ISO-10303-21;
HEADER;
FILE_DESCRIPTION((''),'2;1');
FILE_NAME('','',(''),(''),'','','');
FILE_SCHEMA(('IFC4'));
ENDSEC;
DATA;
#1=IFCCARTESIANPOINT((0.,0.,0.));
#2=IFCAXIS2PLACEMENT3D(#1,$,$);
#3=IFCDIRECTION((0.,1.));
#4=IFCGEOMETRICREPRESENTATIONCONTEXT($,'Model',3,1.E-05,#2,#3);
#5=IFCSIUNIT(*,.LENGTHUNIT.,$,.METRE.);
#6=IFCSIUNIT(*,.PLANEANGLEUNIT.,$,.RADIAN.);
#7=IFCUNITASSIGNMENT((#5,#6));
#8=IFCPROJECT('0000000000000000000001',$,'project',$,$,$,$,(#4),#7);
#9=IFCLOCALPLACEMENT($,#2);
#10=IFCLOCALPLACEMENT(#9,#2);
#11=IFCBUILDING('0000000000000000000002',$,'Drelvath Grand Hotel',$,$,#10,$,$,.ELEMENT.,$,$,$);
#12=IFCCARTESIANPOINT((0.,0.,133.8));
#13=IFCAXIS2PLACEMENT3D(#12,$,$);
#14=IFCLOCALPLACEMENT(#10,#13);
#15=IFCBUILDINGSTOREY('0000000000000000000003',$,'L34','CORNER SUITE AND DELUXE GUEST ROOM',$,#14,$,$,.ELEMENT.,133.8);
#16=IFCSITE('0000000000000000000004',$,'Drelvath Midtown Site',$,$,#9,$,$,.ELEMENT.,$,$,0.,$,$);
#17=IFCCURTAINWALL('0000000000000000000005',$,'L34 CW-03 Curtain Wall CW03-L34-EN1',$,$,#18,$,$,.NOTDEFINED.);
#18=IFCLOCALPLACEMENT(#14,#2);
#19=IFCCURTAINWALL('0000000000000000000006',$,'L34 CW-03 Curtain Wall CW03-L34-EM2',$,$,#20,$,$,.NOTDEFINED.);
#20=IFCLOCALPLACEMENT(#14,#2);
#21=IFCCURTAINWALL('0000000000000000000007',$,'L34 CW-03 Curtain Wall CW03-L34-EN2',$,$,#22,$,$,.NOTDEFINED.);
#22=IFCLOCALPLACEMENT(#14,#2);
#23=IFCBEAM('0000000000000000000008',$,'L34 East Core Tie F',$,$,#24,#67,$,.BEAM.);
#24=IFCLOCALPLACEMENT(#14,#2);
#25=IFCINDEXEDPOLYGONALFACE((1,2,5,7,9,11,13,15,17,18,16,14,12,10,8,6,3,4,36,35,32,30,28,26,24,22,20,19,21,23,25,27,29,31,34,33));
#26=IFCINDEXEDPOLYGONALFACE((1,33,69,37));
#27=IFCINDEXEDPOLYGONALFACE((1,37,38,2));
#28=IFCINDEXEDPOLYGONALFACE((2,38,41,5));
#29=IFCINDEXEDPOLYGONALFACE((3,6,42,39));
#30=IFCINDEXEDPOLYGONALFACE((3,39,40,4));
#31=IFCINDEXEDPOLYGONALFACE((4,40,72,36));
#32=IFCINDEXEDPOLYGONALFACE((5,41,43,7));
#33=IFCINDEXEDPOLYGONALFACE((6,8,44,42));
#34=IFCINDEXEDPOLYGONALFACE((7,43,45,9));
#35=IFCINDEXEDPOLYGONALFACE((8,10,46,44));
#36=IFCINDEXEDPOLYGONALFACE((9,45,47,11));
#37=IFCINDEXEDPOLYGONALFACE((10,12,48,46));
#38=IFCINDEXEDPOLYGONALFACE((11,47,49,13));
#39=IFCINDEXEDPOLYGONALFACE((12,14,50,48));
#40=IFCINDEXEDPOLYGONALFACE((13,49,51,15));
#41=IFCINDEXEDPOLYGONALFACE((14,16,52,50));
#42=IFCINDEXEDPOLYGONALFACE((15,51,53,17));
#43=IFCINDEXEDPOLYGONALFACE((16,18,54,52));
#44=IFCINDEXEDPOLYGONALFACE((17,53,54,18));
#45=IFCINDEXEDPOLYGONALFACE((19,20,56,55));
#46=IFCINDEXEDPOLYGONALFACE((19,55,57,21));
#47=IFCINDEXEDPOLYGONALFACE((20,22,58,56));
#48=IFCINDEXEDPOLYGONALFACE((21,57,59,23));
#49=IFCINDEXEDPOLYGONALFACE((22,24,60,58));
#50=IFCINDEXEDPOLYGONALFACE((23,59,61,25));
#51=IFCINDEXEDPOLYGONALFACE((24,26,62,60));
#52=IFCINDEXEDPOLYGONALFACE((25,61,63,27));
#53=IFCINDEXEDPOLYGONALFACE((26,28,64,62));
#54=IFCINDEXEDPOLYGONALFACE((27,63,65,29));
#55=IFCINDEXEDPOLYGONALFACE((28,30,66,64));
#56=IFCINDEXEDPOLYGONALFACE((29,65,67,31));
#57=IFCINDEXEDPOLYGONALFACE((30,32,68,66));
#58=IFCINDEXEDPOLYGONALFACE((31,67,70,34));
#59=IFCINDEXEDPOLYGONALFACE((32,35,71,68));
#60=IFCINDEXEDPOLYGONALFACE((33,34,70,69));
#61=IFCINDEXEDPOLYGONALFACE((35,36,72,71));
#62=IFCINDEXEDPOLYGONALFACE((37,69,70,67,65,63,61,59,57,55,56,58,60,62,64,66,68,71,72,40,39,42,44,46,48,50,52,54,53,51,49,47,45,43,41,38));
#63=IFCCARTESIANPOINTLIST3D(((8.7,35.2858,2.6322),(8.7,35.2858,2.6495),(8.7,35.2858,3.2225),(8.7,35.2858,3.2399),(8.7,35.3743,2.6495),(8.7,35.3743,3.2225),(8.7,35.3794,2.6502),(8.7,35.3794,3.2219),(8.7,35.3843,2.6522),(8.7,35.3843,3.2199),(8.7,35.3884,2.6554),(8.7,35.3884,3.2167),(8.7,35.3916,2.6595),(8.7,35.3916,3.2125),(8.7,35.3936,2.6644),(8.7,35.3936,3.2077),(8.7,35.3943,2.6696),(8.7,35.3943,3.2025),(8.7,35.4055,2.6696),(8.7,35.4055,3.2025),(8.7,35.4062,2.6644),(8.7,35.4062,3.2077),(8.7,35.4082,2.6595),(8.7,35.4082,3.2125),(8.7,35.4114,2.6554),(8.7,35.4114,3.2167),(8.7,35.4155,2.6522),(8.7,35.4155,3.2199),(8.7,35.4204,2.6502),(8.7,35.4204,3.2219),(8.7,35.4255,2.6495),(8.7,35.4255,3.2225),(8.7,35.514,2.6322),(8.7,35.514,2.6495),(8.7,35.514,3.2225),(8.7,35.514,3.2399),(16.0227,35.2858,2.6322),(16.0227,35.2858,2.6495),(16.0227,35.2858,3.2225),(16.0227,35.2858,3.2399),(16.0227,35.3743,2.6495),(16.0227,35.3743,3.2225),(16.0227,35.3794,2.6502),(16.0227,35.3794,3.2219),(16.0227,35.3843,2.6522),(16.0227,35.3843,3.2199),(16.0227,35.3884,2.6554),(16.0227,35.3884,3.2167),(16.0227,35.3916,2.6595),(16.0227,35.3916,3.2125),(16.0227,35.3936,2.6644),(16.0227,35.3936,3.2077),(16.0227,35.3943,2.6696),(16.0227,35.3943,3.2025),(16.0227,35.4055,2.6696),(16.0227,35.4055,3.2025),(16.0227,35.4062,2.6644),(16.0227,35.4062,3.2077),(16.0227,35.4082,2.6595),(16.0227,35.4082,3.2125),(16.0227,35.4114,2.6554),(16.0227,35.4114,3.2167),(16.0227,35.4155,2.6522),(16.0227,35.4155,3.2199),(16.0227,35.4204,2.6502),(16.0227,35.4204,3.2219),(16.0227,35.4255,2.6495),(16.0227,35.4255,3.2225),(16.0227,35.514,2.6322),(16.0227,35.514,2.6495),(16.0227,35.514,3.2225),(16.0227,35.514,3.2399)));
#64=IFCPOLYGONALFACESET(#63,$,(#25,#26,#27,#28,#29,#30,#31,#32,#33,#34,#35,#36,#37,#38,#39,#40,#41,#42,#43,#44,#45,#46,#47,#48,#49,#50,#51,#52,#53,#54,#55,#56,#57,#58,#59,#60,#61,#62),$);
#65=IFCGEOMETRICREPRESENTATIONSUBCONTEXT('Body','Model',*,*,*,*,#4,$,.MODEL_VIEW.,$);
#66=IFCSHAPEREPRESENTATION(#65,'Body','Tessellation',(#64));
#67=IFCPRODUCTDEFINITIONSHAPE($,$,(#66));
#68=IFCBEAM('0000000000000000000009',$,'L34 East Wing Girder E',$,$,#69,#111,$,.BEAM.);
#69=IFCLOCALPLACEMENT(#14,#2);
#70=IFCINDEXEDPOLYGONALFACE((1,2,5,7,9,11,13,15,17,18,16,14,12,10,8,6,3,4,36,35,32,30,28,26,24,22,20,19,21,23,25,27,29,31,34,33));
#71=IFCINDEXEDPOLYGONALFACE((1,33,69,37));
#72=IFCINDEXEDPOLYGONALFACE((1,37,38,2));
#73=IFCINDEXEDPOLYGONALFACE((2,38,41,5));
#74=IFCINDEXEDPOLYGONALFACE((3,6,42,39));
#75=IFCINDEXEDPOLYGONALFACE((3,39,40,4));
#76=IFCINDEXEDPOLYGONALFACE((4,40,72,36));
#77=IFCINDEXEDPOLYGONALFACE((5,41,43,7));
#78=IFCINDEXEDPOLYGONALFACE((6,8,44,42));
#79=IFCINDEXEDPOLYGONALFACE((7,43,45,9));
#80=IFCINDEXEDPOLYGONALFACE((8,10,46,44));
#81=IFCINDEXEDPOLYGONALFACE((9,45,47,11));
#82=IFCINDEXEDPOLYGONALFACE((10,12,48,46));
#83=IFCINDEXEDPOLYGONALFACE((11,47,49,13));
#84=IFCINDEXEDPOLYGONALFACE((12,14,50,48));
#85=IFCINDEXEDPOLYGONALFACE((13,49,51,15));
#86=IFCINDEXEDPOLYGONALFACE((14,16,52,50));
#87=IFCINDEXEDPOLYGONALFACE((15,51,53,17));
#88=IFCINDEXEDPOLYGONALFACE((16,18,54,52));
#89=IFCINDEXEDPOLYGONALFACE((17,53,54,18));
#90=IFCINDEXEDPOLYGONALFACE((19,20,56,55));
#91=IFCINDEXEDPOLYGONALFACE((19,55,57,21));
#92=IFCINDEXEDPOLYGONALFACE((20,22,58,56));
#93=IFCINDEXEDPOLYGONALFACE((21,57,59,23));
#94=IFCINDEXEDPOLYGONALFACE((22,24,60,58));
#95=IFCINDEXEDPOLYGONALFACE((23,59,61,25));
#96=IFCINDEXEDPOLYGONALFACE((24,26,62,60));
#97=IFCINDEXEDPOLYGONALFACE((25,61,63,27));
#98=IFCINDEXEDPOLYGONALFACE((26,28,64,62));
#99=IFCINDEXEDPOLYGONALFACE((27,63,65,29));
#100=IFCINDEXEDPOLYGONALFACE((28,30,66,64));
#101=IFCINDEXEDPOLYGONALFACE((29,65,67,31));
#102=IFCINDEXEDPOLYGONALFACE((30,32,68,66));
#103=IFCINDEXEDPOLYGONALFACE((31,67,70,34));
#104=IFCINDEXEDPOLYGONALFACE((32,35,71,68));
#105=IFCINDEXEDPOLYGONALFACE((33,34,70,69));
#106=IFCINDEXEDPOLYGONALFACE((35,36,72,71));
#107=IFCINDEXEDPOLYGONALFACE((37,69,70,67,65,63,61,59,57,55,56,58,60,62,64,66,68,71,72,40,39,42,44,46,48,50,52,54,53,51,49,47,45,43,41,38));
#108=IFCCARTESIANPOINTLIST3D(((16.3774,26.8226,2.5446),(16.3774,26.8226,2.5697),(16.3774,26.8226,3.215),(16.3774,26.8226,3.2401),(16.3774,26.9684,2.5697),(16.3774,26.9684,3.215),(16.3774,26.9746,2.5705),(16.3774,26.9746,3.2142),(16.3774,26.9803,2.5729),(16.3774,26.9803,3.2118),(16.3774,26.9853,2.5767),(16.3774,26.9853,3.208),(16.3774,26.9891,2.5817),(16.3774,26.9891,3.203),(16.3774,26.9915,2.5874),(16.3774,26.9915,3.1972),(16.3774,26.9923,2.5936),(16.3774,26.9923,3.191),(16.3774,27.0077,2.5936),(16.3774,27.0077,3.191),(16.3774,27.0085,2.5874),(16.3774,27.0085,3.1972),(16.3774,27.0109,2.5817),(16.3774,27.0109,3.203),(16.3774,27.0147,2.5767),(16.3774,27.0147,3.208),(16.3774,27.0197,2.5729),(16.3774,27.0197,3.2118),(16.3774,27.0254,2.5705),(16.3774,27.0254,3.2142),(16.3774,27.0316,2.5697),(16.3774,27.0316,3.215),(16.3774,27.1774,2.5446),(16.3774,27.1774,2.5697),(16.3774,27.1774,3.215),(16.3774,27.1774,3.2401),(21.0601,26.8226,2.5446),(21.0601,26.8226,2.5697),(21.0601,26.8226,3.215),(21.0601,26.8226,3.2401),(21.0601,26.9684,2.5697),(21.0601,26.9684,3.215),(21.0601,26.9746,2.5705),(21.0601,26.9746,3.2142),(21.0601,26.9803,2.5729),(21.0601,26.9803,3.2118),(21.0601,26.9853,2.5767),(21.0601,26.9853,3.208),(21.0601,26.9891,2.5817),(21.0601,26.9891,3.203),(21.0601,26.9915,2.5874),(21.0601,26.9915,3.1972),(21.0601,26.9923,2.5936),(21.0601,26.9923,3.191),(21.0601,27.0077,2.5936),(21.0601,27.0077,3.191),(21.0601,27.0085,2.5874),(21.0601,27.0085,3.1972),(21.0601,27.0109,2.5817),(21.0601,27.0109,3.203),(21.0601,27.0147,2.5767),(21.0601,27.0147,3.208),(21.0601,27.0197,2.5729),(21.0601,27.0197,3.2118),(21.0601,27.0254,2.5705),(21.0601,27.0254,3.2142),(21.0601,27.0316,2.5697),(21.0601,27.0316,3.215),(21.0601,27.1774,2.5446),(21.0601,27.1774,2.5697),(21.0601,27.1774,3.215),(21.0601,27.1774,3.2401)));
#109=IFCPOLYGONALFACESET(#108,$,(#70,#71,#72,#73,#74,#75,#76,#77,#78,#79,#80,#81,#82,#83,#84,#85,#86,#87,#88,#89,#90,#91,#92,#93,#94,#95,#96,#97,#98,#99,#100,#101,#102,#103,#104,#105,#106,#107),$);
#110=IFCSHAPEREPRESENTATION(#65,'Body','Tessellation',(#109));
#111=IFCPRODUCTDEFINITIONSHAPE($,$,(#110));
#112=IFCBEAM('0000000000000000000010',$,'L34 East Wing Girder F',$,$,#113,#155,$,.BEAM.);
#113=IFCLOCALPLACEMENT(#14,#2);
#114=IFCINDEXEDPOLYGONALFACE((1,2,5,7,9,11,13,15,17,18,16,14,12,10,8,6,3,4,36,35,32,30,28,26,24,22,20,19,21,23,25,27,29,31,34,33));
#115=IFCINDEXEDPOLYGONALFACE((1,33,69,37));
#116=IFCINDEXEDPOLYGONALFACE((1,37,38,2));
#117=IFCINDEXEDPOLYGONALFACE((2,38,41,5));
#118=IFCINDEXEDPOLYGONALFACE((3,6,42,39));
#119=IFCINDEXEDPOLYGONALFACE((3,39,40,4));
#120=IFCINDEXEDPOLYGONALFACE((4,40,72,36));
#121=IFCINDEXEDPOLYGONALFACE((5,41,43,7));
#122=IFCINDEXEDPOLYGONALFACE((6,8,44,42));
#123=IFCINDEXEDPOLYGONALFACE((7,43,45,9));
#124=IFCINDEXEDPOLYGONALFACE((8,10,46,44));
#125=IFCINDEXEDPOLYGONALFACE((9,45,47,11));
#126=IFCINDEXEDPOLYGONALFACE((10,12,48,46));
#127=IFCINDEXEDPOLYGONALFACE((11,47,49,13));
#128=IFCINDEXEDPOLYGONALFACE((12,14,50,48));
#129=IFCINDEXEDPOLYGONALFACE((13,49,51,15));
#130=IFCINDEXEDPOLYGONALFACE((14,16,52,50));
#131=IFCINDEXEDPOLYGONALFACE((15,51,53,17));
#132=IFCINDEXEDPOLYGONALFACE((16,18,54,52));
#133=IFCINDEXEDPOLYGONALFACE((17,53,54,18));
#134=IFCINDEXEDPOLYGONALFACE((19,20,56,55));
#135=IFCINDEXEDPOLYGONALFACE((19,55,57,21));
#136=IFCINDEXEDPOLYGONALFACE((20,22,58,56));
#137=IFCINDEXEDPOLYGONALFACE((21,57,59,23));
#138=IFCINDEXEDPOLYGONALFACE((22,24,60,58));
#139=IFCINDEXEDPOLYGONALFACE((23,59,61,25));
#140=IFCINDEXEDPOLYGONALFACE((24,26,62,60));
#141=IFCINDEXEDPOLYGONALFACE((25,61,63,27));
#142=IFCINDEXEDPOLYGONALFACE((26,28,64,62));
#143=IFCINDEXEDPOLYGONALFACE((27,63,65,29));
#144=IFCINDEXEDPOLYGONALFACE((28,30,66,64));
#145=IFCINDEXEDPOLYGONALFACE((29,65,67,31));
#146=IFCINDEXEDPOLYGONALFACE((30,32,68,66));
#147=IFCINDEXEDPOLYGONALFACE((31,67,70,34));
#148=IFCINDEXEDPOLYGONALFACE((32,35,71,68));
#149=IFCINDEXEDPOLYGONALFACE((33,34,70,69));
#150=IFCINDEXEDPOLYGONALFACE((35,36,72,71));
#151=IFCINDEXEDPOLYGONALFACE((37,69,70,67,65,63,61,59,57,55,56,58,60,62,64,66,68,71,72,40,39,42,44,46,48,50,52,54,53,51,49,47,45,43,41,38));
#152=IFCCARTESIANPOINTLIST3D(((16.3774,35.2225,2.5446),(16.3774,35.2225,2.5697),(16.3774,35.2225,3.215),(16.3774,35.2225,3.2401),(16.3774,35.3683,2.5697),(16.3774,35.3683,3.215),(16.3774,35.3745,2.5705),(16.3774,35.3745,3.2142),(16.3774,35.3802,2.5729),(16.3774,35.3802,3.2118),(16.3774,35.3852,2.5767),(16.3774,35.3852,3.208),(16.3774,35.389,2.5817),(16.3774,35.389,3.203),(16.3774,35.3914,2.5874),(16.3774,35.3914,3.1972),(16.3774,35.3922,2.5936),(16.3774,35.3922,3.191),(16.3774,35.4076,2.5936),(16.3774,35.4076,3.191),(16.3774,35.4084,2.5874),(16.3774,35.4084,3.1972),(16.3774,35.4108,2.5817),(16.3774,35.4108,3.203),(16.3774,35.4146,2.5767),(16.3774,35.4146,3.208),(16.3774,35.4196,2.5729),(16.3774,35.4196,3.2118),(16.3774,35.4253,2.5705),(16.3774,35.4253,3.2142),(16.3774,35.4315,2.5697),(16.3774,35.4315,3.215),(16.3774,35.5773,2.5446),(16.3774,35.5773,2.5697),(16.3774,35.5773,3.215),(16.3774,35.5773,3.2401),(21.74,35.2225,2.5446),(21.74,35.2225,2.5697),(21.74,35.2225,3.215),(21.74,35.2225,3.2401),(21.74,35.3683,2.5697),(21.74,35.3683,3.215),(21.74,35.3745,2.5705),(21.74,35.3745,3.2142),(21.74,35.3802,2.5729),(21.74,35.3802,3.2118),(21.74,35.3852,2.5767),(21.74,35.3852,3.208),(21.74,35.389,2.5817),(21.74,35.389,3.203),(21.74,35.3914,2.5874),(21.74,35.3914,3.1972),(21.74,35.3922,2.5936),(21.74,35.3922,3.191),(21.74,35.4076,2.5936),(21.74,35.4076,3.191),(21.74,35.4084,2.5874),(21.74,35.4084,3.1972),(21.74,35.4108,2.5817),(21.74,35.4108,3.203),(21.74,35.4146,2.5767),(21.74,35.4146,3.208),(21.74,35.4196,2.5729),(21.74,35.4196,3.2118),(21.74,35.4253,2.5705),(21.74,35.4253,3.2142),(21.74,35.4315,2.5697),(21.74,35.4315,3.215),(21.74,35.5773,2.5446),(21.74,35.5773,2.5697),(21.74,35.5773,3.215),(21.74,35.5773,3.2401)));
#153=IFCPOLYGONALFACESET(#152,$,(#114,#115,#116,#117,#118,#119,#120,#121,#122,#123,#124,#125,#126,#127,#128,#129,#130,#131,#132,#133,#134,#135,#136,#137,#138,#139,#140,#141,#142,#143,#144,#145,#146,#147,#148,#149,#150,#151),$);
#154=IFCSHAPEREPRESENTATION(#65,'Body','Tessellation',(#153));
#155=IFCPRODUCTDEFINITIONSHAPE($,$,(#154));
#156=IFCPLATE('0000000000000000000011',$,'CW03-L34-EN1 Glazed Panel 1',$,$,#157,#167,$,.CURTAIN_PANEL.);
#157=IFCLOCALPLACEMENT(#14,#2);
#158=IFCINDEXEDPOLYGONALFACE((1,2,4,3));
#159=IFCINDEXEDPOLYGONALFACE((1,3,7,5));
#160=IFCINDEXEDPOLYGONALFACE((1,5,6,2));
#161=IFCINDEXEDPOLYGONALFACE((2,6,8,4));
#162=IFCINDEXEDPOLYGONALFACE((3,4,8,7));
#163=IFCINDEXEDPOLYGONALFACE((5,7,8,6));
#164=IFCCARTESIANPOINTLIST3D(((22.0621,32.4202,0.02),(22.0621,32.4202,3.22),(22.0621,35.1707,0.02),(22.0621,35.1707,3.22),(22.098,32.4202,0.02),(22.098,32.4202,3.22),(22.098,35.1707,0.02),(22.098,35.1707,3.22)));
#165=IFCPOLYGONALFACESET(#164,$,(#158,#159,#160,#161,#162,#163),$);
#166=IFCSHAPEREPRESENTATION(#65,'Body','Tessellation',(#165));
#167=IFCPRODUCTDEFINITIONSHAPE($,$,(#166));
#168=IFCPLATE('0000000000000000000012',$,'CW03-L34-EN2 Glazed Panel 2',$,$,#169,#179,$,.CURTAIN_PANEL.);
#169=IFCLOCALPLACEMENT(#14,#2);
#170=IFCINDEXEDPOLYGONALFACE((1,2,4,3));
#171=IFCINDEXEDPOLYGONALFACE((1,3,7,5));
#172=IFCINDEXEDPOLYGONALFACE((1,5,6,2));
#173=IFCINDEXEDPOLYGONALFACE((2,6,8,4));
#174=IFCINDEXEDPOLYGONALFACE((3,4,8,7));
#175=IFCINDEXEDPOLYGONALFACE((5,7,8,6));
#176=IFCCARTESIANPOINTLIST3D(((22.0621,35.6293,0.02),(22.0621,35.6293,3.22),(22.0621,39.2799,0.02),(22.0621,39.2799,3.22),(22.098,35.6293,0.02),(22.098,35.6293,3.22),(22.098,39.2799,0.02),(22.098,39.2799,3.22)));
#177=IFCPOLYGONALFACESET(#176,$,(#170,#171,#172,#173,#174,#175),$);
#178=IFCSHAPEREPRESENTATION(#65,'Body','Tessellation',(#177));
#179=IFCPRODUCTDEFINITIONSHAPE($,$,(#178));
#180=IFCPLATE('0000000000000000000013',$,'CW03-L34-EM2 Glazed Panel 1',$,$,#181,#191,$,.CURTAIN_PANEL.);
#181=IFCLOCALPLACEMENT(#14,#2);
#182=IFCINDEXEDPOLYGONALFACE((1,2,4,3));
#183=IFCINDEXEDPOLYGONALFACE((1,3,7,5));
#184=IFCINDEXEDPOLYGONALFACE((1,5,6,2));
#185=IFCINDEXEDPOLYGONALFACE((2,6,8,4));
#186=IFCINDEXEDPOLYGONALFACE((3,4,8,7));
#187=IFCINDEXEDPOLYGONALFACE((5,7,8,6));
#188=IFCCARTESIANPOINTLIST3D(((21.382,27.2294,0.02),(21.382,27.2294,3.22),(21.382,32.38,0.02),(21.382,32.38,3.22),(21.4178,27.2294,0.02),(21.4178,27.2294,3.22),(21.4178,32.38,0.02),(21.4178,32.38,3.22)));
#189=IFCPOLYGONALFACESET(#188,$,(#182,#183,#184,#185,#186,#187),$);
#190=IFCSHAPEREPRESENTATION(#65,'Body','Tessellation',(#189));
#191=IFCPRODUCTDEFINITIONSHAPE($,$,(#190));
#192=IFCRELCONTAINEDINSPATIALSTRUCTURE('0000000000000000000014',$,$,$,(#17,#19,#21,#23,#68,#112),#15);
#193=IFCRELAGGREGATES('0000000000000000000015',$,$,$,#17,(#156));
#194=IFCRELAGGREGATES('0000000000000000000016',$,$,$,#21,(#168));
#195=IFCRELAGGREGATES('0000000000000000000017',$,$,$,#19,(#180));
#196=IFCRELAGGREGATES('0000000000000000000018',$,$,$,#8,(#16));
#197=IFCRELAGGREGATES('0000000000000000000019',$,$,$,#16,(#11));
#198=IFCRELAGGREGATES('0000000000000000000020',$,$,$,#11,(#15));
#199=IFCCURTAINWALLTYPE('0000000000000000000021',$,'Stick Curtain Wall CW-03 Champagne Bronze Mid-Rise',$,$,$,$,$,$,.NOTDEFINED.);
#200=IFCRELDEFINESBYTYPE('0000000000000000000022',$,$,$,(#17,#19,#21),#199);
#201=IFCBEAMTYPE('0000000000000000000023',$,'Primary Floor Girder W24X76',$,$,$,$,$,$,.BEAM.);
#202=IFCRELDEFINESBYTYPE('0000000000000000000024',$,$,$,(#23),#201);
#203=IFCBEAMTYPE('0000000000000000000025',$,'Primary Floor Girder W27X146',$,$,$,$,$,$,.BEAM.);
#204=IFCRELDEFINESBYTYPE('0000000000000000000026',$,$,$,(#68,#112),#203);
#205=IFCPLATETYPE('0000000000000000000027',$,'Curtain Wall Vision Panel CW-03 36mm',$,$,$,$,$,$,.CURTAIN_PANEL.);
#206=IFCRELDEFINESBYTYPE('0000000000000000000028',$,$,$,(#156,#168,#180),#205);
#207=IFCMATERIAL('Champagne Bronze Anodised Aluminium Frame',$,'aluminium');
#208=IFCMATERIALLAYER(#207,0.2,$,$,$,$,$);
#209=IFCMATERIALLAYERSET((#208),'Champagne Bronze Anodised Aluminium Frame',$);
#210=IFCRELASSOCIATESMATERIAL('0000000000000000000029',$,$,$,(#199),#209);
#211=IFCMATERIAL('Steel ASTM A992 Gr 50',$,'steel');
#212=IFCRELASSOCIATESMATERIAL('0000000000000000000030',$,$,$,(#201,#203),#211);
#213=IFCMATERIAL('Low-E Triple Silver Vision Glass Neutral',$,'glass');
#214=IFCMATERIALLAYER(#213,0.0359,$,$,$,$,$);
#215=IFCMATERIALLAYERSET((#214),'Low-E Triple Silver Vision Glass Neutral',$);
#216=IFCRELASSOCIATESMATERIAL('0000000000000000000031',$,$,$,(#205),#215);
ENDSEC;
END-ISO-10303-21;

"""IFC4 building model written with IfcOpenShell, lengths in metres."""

from ifc_helpers import new_model, si_unit, direction, frame, origin, origin_2d, place, context, subcontext, project, spatial, rectangle, i_section, extrude, material, layer, layer_set, material_profile, profile_set, type_object, element, aggregate, save


model = new_model("IFC4")

# Units and contexts
model_context = context("Model", 3, precision=1e-05, world=origin(), true_north=direction((0.0, 1.0)))
body_context = subcontext(model_context, "Body", "Model", "MODEL_VIEW")
ifc_project = project(units=[si_unit("LENGTHUNIT", "METRE"), si_unit("PLANEANGLEUNIT", "RADIAN")], contexts=[model_context])

# Site, building, storey
site_placement = place(None, origin())
site = spatial("IfcSite", under=ifc_project, at=site_placement, Name="Drelvath Midtown Site", CompositionType="ELEMENT", RefElevation=0.0)
building_placement = place(site_placement, origin())
building = spatial("IfcBuilding", under=site, at=building_placement, Name="Drelvath Grand Hotel", CompositionType="ELEMENT")
storey_placement = place(building_placement, frame((0.0, 0.0, 133.8)))
storey = spatial("IfcBuildingStorey", under=building, at=storey_placement, Name="L34", Description="CORNER SUITE AND DELUXE GUEST ROOM", CompositionType="ELEMENT", Elevation=133.8)

# Curtain walls
ifc_material_1 = material(Name="Champagne Bronze Anodised Aluminium Frame", Category="aluminium")
ifc_layer_1 = layer(ifc_material_1, 0.2)
ifc_layer_set_1 = layer_set([ifc_layer_1], Name="Champagne Bronze Anodised Aluminium Frame")
curtain_wall_type = type_object("IfcCurtainWallType", Name="Stick Curtain Wall CW-03 Champagne Bronze Mid-Rise", PredefinedType="NOTDEFINED", material=ifc_layer_set_1)
curtain_wall_1_placement = place(storey_placement, origin())
curtain_wall_1 = element("IfcCurtainWall", 1, at=curtain_wall_1_placement, inside=storey, type_object=curtain_wall_type, Name="L34 CW-03 Curtain Wall CW03-L34-EN1", PredefinedType="NOTDEFINED")
curtain_wall_2_placement = place(storey_placement, origin())
curtain_wall_2 = element("IfcCurtainWall", 2, at=curtain_wall_2_placement, inside=storey, type_object=curtain_wall_type, Name="L34 CW-03 Curtain Wall CW03-L34-EM2", PredefinedType="NOTDEFINED")

# Curtain wall
curtain_wall_3_placement = place(storey_placement, origin())
curtain_wall_3 = element("IfcCurtainWall", 3, at=curtain_wall_3_placement, inside=storey, type_object=curtain_wall_type, Name="L34 CW-03 Curtain Wall CW03-L34-EN2", PredefinedType="NOTDEFINED")

# Beams
ifc_material_2 = material(Name="Steel ASTM A992 Gr 50", Category="steel")
ifc_material_profile_1 = material_profile(ifc_material_2, i_section(OverallWidth=0.2283, OverallDepth=0.6077, WebThickness=0.0112, FlangeThickness=0.0173, FilletRadius=0.02, at=origin_2d()), Name="W24X76")
ifc_profile_set_1 = profile_set([ifc_material_profile_1], Name="Steel ASTM A992 Gr 50")
beam_type_1 = type_object("IfcBeamType", Name="Primary Floor Girder W24X76", PredefinedType="BEAM", material=ifc_profile_set_1)
beam_1_placement = place(storey_placement, frame((8.7, 35.3999, 2.936), z_axis=(1.0, 0.0, 0.0), x_axis=(0.0, 1.0, 0.0)))
element("IfcBeam", 4, at=beam_1_placement, inside=storey, type_object=beam_type_1, Name="L34 East Core Tie F", PredefinedType="BEAM", context=body_context, shape_type="SweptSolid", body=[
    extrude(i_section(OverallWidth=0.2283, OverallDepth=0.6077, WebThickness=0.0112, FlangeThickness=0.0173, FilletRadius=0.02, at=origin_2d()), origin(), (0.0, 0.0, 1.0), 7.3228),
])
ifc_material_profile_2 = material_profile(ifc_material_2, i_section(OverallWidth=0.3547, OverallDepth=0.6956, WebThickness=0.0154, FlangeThickness=0.0251, FilletRadius=0.0239, at=origin_2d()), Name="W27X146")
ifc_profile_set_2 = profile_set([ifc_material_profile_2], Name="Steel ASTM A992 Gr 50")
beam_type_2 = type_object("IfcBeamType", Name="Primary Floor Girder W27X146", PredefinedType="BEAM", material=ifc_profile_set_2)
beam_2_placement = place(storey_placement, frame((16.3774, 27.0, 2.8923), z_axis=(1.0, 0.0, 0.0), x_axis=(0.0, 1.0, 0.0)))
element("IfcBeam", 5, at=beam_2_placement, inside=storey, type_object=beam_type_2, Name="L34 East Wing Girder E", PredefinedType="BEAM", context=body_context, shape_type="SweptSolid", body=[
    extrude(i_section(OverallWidth=0.3547, OverallDepth=0.6956, WebThickness=0.0154, FlangeThickness=0.0251, FilletRadius=0.0239, at=origin_2d()), origin(), (0.0, 0.0, 1.0), 4.6826),
])
beam_3_placement = place(storey_placement, frame((16.3774, 35.3999, 2.8923), z_axis=(1.0, 0.0, 0.0), x_axis=(0.0, 1.0, 0.0)))
element("IfcBeam", 6, at=beam_3_placement, inside=storey, type_object=beam_type_2, Name="L34 East Wing Girder F", PredefinedType="BEAM", context=body_context, shape_type="SweptSolid", body=[
    extrude(i_section(OverallWidth=0.3547, OverallDepth=0.6956, WebThickness=0.0154, FlangeThickness=0.0251, FilletRadius=0.0239, at=origin_2d()), origin(), (0.0, 0.0, 1.0), 5.3625),
])

# Plates
ifc_material_3 = material(Name="Low-E Triple Silver Vision Glass Neutral", Category="glass")
ifc_layer_2 = layer(ifc_material_3, 0.0359)
ifc_layer_set_2 = layer_set([ifc_layer_2], Name="Low-E Triple Silver Vision Glass Neutral")
plate_type = type_object("IfcPlateType", Name="Curtain Wall Vision Panel CW-03 36mm", PredefinedType="CURTAIN_PANEL", material=ifc_layer_set_2)
plate_1_placement = place(storey_placement, frame((22.0801, 33.7954, 0.02), z_axis=(0.0, 0.0, 1.0), x_axis=(0.0, -1.0, 0.0)))
plate_1 = element("IfcPlate", 7, at=plate_1_placement, type_object=plate_type, Name="CW03-L34-EN1 Glazed Panel 1", PredefinedType="CURTAIN_PANEL", context=body_context, shape_type="SweptSolid", body=[
    extrude(rectangle(XDim=2.7505, YDim=0.0359, at=origin_2d()), origin(), (0.0, 0.0, 1.0), 3.2),
])
aggregate(curtain_wall_1, [plate_1])
plate_2_placement = place(storey_placement, frame((22.0801, 37.4546, 0.02), z_axis=(0.0, 0.0, 1.0), x_axis=(0.0, -1.0, 0.0)))
plate_2 = element("IfcPlate", 8, at=plate_2_placement, type_object=plate_type, Name="CW03-L34-EN2 Glazed Panel 2", PredefinedType="CURTAIN_PANEL", context=body_context, shape_type="SweptSolid", body=[
    extrude(rectangle(XDim=3.6506, YDim=0.0359, at=origin_2d()), origin(), (0.0, 0.0, 1.0), 3.2),
])
aggregate(curtain_wall_3, [plate_2])
plate_3_placement = place(storey_placement, frame((21.3999, 29.8047, 0.02), z_axis=(0.0, 0.0, 1.0), x_axis=(0.0, -1.0, 0.0)))
plate_3 = element("IfcPlate", 9, at=plate_3_placement, type_object=plate_type, Name="CW03-L34-EM2 Glazed Panel 1", PredefinedType="CURTAIN_PANEL", context=body_context, shape_type="SweptSolid", body=[
    extrude(rectangle(XDim=5.1506, YDim=0.0359, at=origin_2d()), origin(), (0.0, 0.0, 1.0), 3.2),
])
aggregate(curtain_wall_2, [plate_3])

save(model, "model.ifc")
